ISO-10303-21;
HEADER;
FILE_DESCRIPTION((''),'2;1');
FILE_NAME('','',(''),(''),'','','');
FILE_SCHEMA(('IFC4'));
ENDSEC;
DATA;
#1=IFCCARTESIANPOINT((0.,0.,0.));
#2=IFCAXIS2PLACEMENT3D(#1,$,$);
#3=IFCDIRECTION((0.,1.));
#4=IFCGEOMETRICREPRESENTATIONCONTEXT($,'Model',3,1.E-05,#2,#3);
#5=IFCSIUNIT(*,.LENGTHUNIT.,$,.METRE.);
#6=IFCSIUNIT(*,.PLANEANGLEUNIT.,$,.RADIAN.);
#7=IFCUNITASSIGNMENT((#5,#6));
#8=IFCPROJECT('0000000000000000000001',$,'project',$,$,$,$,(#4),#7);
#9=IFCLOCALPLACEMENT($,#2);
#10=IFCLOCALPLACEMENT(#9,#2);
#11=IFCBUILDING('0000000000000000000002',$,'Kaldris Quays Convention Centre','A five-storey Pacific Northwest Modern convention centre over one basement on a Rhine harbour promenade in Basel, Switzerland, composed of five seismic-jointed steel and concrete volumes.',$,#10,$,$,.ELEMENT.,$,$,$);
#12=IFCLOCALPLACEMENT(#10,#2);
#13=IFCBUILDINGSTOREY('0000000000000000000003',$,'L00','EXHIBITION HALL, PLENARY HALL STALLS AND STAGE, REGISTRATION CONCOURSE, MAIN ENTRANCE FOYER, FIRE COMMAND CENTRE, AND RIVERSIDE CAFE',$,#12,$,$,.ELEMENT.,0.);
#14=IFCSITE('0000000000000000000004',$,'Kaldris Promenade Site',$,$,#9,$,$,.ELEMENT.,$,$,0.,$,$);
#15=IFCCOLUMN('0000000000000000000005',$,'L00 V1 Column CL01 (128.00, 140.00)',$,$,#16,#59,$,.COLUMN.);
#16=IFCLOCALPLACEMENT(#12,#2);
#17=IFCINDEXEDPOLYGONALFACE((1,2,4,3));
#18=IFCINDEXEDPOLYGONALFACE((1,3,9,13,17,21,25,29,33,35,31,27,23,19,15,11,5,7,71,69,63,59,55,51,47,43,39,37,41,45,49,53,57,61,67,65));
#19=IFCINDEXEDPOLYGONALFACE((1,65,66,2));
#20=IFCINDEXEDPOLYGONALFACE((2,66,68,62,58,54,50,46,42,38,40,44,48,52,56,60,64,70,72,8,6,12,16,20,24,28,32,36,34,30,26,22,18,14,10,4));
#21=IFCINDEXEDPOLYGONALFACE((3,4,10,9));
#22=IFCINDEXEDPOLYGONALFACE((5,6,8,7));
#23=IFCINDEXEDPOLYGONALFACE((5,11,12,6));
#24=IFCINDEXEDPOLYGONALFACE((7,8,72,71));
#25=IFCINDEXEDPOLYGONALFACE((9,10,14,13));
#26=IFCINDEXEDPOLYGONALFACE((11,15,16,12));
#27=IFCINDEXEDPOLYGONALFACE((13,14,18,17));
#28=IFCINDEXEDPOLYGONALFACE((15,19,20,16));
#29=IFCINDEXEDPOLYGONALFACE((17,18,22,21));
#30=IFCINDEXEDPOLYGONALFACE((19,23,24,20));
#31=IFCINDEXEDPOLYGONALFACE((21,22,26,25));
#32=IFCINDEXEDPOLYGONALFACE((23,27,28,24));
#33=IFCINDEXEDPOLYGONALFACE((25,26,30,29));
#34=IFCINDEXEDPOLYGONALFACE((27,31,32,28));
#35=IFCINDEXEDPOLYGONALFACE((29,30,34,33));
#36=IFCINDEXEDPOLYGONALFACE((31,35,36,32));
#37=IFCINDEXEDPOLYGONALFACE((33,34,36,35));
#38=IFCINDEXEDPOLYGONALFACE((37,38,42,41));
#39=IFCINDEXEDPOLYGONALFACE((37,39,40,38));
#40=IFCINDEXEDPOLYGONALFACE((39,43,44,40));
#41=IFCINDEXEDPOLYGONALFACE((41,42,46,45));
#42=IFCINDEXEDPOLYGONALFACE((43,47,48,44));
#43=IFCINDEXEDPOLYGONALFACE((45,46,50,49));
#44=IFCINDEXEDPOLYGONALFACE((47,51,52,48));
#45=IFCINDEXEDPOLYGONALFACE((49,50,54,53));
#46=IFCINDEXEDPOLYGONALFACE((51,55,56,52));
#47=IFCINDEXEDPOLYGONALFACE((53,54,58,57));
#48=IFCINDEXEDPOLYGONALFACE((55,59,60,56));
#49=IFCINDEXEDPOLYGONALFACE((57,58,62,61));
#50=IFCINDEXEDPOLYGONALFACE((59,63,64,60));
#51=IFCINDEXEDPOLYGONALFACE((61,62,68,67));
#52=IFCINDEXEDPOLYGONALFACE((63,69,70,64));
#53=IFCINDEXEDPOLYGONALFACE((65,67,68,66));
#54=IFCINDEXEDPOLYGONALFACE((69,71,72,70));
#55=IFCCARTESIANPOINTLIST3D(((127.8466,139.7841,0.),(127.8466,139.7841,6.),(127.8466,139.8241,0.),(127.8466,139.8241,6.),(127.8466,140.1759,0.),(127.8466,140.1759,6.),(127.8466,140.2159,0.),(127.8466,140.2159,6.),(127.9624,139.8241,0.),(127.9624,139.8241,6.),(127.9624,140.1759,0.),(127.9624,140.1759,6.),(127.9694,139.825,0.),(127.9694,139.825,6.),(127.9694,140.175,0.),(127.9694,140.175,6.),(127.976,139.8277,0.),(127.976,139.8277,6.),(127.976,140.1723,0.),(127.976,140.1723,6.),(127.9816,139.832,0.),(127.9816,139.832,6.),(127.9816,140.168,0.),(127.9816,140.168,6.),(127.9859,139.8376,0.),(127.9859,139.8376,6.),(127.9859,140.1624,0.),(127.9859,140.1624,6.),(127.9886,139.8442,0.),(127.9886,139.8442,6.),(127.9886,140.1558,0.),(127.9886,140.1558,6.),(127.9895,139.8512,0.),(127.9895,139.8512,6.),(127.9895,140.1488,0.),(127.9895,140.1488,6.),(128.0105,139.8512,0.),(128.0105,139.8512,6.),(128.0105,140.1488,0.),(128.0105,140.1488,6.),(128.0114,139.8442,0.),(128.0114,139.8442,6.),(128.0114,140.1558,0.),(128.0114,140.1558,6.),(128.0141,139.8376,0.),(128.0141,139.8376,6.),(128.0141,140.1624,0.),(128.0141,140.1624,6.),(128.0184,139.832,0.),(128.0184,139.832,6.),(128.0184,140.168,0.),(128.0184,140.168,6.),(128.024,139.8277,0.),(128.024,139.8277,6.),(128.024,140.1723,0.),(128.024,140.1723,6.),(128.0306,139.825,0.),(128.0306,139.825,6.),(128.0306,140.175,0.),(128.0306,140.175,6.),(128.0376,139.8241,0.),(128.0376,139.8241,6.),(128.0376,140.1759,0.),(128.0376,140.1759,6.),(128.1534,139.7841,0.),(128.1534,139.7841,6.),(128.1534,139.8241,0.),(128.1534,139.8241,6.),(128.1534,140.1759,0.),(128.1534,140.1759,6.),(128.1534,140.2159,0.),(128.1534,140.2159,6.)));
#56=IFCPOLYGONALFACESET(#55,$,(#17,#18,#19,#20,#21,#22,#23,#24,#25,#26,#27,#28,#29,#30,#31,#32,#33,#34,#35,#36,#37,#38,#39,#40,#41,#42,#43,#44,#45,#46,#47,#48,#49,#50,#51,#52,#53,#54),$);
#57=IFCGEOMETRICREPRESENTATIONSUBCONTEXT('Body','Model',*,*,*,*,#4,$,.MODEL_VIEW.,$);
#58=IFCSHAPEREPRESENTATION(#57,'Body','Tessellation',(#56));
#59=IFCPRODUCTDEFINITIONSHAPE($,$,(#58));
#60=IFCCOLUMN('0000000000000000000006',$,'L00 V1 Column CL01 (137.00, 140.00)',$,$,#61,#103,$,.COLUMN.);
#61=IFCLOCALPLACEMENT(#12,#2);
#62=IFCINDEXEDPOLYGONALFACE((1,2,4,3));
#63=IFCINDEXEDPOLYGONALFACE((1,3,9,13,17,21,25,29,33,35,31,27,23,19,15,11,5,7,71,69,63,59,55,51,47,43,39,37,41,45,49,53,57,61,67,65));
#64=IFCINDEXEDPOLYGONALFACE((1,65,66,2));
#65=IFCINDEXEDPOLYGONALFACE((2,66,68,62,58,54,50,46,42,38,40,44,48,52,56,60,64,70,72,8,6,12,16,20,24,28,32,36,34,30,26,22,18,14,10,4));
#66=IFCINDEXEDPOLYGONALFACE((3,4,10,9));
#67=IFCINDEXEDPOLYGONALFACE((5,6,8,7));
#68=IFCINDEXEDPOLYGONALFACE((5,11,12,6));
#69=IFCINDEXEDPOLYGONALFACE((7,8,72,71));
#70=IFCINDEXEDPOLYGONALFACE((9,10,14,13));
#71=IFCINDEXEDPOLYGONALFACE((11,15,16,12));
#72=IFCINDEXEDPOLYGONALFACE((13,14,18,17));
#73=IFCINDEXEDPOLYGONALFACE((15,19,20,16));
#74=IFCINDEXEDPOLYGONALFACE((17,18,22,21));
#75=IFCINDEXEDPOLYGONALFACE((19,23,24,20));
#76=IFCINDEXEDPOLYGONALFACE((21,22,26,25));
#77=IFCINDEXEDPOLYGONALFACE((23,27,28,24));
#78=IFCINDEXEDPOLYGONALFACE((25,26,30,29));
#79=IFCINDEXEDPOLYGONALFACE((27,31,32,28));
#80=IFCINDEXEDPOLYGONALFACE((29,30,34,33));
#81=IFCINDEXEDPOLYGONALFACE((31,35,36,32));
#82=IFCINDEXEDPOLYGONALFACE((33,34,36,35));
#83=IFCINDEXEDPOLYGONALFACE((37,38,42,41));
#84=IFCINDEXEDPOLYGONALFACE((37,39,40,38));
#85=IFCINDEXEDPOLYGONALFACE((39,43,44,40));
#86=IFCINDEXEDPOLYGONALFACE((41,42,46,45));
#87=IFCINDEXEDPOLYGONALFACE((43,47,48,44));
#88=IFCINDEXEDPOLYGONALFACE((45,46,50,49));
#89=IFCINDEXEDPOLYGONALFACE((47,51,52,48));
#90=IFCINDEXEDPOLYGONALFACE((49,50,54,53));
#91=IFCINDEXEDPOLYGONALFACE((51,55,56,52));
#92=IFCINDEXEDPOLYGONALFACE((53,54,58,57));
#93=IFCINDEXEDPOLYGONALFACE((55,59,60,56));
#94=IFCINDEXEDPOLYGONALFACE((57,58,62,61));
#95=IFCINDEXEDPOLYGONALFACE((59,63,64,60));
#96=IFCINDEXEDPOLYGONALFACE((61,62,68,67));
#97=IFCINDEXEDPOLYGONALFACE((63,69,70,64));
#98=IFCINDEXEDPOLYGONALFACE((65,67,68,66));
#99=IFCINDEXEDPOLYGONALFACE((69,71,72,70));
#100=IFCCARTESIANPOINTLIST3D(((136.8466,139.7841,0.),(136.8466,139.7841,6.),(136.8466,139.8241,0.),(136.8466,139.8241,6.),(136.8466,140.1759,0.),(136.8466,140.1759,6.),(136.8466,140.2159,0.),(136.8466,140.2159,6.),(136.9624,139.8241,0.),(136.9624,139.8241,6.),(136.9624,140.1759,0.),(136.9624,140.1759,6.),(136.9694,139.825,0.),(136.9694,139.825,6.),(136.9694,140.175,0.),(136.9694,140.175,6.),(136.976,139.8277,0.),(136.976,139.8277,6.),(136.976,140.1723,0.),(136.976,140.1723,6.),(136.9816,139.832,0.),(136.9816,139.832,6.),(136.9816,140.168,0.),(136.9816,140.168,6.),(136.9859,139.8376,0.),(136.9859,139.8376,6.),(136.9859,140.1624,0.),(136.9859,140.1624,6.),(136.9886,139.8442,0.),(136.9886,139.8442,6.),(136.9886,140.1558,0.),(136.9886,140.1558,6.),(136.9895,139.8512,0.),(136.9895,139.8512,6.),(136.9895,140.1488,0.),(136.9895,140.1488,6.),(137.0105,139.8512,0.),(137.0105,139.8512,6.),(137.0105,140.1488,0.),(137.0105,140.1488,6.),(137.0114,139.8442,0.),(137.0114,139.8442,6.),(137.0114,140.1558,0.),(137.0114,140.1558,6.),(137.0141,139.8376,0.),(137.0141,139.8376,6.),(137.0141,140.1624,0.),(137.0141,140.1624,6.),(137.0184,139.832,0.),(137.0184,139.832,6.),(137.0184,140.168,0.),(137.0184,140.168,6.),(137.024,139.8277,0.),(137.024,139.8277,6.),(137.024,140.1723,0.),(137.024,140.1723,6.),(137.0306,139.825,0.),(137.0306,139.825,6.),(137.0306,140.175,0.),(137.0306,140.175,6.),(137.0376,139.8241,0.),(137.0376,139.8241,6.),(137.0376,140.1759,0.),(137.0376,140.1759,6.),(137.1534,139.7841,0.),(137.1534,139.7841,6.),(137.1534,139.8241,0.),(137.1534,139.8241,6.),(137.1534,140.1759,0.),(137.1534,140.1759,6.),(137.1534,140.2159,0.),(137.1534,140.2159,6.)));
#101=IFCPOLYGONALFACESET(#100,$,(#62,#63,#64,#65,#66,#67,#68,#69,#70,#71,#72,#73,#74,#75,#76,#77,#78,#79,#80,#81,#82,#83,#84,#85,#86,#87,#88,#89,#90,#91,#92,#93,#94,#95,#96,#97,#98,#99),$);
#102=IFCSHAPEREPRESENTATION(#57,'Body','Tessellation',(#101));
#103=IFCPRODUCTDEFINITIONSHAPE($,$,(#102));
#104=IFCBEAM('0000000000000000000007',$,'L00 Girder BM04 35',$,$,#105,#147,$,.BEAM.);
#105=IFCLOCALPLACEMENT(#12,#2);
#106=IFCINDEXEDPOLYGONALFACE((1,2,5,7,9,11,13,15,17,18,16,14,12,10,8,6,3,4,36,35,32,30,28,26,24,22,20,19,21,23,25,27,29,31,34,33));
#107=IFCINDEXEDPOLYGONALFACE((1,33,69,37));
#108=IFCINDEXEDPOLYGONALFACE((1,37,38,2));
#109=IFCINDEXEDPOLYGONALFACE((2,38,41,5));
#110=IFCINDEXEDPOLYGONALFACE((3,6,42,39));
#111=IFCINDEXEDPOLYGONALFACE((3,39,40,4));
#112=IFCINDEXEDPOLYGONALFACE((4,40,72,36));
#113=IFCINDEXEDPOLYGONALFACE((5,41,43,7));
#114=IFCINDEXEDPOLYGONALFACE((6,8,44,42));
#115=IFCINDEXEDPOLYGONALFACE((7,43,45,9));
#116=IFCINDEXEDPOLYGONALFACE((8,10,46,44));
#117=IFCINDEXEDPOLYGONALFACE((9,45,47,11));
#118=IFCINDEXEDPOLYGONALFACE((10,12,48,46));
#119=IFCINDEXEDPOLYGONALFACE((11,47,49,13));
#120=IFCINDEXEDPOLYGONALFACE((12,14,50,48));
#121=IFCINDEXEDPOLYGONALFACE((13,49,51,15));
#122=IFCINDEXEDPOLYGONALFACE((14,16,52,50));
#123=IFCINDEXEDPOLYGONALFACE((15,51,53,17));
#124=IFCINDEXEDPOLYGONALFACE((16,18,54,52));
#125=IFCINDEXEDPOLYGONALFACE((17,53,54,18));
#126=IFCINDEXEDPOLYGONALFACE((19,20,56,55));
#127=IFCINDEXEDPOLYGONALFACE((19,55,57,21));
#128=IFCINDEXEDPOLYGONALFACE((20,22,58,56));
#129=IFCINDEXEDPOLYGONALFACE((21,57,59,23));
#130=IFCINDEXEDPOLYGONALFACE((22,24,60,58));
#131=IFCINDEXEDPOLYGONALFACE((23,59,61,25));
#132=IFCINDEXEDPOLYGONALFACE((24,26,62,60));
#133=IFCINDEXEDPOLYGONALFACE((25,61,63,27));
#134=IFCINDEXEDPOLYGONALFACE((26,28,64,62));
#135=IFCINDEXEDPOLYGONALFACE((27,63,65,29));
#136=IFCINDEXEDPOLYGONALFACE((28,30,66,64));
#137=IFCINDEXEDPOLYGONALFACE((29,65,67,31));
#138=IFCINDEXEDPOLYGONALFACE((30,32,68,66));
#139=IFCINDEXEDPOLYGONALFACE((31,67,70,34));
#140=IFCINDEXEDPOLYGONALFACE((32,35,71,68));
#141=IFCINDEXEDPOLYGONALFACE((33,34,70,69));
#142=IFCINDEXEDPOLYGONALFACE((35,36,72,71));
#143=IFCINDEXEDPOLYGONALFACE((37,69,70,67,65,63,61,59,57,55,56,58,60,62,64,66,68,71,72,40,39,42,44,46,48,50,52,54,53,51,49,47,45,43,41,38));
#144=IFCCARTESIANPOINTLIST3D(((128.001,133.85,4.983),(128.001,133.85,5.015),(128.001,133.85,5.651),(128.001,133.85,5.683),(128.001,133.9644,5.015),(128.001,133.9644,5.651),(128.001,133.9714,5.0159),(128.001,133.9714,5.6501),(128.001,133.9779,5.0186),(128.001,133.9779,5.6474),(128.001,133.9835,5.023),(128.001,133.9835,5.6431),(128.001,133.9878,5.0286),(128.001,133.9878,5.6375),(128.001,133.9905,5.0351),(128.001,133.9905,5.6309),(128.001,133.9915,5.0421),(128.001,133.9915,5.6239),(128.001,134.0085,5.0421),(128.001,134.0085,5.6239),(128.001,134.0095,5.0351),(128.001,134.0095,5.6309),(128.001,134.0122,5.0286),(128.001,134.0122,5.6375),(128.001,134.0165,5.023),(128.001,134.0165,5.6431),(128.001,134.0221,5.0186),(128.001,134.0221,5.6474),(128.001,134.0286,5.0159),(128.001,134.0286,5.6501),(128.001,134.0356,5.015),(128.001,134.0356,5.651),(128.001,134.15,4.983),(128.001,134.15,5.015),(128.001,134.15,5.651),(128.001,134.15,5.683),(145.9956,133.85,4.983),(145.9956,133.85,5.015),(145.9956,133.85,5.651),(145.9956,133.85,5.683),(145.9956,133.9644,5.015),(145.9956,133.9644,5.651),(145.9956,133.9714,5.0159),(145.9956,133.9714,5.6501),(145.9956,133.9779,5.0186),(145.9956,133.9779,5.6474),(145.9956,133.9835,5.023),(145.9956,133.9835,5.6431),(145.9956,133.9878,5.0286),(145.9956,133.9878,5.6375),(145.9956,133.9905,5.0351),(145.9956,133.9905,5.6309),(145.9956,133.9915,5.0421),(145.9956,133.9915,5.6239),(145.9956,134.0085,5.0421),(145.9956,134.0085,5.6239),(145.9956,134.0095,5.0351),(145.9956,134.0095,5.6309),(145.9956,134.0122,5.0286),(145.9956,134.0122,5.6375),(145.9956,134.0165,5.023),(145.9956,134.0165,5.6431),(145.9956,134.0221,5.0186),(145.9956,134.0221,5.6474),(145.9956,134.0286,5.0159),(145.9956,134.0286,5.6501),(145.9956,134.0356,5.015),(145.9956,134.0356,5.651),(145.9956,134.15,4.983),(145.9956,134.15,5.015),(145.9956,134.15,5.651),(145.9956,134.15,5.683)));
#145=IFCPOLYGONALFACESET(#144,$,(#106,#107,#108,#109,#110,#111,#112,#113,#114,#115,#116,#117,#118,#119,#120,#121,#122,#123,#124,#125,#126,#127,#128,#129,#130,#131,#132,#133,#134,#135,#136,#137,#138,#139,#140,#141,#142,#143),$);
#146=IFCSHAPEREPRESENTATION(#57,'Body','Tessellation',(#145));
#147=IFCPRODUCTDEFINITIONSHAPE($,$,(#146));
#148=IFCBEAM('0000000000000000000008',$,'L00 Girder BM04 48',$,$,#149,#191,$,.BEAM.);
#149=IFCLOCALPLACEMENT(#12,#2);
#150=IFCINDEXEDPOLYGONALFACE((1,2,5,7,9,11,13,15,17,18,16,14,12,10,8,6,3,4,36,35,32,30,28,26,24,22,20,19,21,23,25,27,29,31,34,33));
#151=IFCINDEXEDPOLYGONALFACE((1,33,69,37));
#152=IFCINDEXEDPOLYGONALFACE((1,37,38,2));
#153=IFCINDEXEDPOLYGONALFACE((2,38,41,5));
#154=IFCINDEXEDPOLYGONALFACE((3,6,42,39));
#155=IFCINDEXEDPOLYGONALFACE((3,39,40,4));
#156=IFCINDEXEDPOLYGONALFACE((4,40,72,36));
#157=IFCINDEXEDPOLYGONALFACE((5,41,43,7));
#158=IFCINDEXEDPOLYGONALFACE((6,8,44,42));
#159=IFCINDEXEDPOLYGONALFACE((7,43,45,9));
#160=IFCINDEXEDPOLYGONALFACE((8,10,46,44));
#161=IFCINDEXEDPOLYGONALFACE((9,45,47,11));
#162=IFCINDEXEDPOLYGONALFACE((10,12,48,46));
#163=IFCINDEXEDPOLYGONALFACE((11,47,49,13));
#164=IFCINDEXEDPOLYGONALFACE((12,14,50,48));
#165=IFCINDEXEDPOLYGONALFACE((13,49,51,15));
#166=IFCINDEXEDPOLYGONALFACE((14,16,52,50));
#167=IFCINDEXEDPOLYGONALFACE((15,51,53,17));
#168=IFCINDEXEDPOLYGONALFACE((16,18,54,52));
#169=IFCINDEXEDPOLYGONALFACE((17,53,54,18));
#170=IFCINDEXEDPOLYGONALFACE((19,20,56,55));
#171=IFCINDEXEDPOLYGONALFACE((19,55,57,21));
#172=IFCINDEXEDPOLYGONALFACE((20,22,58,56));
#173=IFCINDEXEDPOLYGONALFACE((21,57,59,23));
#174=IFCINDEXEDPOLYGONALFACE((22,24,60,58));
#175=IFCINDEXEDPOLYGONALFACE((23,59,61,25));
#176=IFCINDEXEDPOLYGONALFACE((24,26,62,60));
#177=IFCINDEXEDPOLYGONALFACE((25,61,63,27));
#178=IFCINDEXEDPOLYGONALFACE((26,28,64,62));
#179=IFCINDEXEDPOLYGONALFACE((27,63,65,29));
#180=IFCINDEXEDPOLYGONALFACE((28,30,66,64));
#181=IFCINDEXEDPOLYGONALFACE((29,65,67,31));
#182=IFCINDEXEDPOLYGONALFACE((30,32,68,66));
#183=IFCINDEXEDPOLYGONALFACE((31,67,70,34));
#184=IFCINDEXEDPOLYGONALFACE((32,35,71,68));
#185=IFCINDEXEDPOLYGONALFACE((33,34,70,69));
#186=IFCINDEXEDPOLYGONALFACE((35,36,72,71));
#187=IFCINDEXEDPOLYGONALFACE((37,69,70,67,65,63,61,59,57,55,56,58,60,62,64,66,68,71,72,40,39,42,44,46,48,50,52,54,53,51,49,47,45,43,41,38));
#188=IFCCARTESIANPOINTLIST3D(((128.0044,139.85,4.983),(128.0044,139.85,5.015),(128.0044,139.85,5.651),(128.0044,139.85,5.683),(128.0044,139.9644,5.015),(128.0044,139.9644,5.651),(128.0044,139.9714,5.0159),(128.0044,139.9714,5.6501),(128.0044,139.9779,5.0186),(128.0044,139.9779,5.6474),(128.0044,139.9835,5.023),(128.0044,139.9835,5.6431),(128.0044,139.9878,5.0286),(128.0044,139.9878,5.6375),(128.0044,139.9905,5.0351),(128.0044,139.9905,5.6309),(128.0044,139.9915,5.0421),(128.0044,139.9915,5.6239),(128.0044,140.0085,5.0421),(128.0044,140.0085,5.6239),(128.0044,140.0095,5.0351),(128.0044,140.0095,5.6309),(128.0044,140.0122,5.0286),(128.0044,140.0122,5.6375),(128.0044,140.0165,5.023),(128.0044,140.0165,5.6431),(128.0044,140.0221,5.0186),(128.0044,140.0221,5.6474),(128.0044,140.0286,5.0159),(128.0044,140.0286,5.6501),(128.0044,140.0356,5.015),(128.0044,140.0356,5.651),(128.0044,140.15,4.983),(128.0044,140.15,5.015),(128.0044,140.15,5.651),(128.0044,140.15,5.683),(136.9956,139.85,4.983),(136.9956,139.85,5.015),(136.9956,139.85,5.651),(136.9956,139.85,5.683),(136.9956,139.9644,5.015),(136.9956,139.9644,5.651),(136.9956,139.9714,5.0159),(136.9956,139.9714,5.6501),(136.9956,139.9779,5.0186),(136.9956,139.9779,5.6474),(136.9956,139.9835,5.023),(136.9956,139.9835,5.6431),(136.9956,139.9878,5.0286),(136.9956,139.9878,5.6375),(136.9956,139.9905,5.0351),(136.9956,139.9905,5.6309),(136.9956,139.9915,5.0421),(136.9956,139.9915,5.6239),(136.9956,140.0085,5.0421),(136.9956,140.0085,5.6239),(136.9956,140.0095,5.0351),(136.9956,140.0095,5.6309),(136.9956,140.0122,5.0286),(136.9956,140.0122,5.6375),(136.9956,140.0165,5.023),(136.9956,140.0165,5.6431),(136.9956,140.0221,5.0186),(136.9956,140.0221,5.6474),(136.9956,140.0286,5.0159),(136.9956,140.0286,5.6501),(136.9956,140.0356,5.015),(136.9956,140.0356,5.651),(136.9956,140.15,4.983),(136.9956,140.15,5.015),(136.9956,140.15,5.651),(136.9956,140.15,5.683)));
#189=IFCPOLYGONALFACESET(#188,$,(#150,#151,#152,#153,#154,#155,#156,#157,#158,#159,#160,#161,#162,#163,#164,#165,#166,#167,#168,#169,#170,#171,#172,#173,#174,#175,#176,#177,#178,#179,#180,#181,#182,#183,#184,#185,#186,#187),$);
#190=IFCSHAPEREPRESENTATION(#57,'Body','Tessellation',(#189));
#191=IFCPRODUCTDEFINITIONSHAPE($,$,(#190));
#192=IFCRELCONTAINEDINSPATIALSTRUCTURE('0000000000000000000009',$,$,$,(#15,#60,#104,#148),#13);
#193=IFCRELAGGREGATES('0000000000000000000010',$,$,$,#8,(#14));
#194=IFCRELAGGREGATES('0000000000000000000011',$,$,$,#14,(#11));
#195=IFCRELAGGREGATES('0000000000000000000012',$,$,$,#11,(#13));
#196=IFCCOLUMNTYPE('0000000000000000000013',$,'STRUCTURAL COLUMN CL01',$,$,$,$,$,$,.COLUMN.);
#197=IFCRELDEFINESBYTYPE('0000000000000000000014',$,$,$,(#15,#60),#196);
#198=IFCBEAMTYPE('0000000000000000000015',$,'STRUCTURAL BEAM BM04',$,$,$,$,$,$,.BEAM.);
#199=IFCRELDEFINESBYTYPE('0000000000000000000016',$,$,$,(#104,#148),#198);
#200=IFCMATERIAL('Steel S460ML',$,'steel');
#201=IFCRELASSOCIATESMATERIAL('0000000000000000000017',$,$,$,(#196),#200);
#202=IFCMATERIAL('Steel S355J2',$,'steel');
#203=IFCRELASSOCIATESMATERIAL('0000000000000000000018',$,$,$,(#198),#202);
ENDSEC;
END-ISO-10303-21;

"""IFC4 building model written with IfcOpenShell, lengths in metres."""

from ifc_helpers import new_model, si_unit, direction, frame, origin, origin_2d, place, context, subcontext, project, spatial, i_section, extrude, material, material_profile, profile_set, type_object, element, save


model = new_model("IFC4")

# Units and contexts
model_context = context("Model", 3, precision=1e-05, world=origin(), true_north=direction((0.0, 1.0)))
body_context = subcontext(model_context, "Body", "Model", "MODEL_VIEW")
ifc_project = project(units=[si_unit("LENGTHUNIT", "METRE"), si_unit("PLANEANGLEUNIT", "RADIAN")], contexts=[model_context])

# Site, building, storey
site_placement = place(None, origin())
site = spatial("IfcSite", under=ifc_project, at=site_placement, Name="Kaldris Promenade Site", CompositionType="ELEMENT", RefElevation=0.0)
building_placement = place(site_placement, origin())
building = spatial("IfcBuilding", under=site, at=building_placement, Name="Kaldris Quays Convention Centre", Description="A five-storey Pacific Northwest Modern convention centre over one basement on a Rhine harbour promenade in Basel, Switzerland, composed of five seismic-jointed steel and concrete volumes.", CompositionType="ELEMENT")
storey_placement = place(building_placement, origin())
storey = spatial("IfcBuildingStorey", under=building, at=storey_placement, Name="L00", Description="EXHIBITION HALL, PLENARY HALL STALLS AND STAGE, REGISTRATION CONCOURSE, MAIN ENTRANCE FOYER, FIRE COMMAND CENTRE, AND RIVERSIDE CAFE", CompositionType="ELEMENT", Elevation=0.0)

# Columns
ifc_material_1 = material(Name="Steel S460ML", Category="steel")
ifc_material_profile_1 = material_profile(ifc_material_1, i_section(OverallWidth=0.3069, OverallDepth=0.4319, WebThickness=0.021, FlangeThickness=0.04, FilletRadius=0.0271, at=origin_2d()), Name="HEM 400")
ifc_profile_set_1 = profile_set([ifc_material_profile_1], Name="Steel S460ML")
column_type = type_object("IfcColumnType", Name="STRUCTURAL COLUMN CL01", PredefinedType="COLUMN", material=ifc_profile_set_1)
for number, where, z_axis, x_axis, name in (
    (1, (128.0, 140.0, 0.0), (0.0, 0.0, 1.0), (1.0, 0.0, 0.0), "L00 V1 Column CL01 (128.00, 140.00)"),
    (2, (137.0, 140.0, 0.0), (0.0, 0.0, 1.0), (1.0, 0.0, 0.0), "L00 V1 Column CL01 (137.00, 140.00)"),
):
    element("IfcColumn", number, at=place(storey_placement, frame(where, z_axis=z_axis, x_axis=x_axis)), inside=storey, type_object=column_type, Name=name, PredefinedType="COLUMN", context=body_context, shape_type="SweptSolid", body=[
        extrude(i_section(OverallWidth=0.3069, OverallDepth=0.4319, WebThickness=0.021, FlangeThickness=0.04, FilletRadius=0.0271, at=origin_2d()), origin(), (0.0, 0.0, 1.0), 6.0),
    ])

# Beams
ifc_material_2 = material(Name="Steel S355J2", Category="steel")
ifc_material_profile_2 = material_profile(ifc_material_2, i_section(OverallWidth=0.3, OverallDepth=0.7, WebThickness=0.0171, FlangeThickness=0.032, FilletRadius=0.0271, at=origin_2d()), Name="HEB 700")
ifc_profile_set_2 = profile_set([ifc_material_profile_2], Name="Steel S355J2")
beam_type_1 = type_object("IfcBeamType", Name="STRUCTURAL BEAM BM04", PredefinedType="BEAM", material=ifc_profile_set_2)
beam_1_placement = place(storey_placement, frame((128.001, 134.0, 5.333), z_axis=(1.0, 0.0, 0.0), x_axis=(0.0, 1.0, 0.0)))
element("IfcBeam", 3, at=beam_1_placement, inside=storey, type_object=beam_type_1, Name="L00 Girder BM04 35", PredefinedType="BEAM", context=body_context, shape_type="SweptSolid", body=[
    extrude(i_section(OverallWidth=0.3, OverallDepth=0.7, WebThickness=0.0171, FlangeThickness=0.032, FilletRadius=0.0271, at=origin_2d()), origin(), (0.0, 0.0, 1.0), 17.9946),
])
for number, where, z_axis, x_axis, name in (
    (4, (128.0044, 140.0, 5.333), (1.0, 0.0, 0.0), (0.0, 1.0, 0.0), "L00 Girder BM04 48"),
):
    element("IfcBeam", number, at=place(storey_placement, frame(where, z_axis=z_axis, x_axis=x_axis)), inside=storey, type_object=beam_type_1, Name=name, PredefinedType="BEAM", context=body_context, shape_type="SweptSolid", body=[
        extrude(i_section(OverallWidth=0.3, OverallDepth=0.7, WebThickness=0.0171, FlangeThickness=0.032, FilletRadius=0.0271, at=origin_2d()), origin(), (0.0, 0.0, 1.0), 8.9912),
    ])

save(model, "model.ifc")
